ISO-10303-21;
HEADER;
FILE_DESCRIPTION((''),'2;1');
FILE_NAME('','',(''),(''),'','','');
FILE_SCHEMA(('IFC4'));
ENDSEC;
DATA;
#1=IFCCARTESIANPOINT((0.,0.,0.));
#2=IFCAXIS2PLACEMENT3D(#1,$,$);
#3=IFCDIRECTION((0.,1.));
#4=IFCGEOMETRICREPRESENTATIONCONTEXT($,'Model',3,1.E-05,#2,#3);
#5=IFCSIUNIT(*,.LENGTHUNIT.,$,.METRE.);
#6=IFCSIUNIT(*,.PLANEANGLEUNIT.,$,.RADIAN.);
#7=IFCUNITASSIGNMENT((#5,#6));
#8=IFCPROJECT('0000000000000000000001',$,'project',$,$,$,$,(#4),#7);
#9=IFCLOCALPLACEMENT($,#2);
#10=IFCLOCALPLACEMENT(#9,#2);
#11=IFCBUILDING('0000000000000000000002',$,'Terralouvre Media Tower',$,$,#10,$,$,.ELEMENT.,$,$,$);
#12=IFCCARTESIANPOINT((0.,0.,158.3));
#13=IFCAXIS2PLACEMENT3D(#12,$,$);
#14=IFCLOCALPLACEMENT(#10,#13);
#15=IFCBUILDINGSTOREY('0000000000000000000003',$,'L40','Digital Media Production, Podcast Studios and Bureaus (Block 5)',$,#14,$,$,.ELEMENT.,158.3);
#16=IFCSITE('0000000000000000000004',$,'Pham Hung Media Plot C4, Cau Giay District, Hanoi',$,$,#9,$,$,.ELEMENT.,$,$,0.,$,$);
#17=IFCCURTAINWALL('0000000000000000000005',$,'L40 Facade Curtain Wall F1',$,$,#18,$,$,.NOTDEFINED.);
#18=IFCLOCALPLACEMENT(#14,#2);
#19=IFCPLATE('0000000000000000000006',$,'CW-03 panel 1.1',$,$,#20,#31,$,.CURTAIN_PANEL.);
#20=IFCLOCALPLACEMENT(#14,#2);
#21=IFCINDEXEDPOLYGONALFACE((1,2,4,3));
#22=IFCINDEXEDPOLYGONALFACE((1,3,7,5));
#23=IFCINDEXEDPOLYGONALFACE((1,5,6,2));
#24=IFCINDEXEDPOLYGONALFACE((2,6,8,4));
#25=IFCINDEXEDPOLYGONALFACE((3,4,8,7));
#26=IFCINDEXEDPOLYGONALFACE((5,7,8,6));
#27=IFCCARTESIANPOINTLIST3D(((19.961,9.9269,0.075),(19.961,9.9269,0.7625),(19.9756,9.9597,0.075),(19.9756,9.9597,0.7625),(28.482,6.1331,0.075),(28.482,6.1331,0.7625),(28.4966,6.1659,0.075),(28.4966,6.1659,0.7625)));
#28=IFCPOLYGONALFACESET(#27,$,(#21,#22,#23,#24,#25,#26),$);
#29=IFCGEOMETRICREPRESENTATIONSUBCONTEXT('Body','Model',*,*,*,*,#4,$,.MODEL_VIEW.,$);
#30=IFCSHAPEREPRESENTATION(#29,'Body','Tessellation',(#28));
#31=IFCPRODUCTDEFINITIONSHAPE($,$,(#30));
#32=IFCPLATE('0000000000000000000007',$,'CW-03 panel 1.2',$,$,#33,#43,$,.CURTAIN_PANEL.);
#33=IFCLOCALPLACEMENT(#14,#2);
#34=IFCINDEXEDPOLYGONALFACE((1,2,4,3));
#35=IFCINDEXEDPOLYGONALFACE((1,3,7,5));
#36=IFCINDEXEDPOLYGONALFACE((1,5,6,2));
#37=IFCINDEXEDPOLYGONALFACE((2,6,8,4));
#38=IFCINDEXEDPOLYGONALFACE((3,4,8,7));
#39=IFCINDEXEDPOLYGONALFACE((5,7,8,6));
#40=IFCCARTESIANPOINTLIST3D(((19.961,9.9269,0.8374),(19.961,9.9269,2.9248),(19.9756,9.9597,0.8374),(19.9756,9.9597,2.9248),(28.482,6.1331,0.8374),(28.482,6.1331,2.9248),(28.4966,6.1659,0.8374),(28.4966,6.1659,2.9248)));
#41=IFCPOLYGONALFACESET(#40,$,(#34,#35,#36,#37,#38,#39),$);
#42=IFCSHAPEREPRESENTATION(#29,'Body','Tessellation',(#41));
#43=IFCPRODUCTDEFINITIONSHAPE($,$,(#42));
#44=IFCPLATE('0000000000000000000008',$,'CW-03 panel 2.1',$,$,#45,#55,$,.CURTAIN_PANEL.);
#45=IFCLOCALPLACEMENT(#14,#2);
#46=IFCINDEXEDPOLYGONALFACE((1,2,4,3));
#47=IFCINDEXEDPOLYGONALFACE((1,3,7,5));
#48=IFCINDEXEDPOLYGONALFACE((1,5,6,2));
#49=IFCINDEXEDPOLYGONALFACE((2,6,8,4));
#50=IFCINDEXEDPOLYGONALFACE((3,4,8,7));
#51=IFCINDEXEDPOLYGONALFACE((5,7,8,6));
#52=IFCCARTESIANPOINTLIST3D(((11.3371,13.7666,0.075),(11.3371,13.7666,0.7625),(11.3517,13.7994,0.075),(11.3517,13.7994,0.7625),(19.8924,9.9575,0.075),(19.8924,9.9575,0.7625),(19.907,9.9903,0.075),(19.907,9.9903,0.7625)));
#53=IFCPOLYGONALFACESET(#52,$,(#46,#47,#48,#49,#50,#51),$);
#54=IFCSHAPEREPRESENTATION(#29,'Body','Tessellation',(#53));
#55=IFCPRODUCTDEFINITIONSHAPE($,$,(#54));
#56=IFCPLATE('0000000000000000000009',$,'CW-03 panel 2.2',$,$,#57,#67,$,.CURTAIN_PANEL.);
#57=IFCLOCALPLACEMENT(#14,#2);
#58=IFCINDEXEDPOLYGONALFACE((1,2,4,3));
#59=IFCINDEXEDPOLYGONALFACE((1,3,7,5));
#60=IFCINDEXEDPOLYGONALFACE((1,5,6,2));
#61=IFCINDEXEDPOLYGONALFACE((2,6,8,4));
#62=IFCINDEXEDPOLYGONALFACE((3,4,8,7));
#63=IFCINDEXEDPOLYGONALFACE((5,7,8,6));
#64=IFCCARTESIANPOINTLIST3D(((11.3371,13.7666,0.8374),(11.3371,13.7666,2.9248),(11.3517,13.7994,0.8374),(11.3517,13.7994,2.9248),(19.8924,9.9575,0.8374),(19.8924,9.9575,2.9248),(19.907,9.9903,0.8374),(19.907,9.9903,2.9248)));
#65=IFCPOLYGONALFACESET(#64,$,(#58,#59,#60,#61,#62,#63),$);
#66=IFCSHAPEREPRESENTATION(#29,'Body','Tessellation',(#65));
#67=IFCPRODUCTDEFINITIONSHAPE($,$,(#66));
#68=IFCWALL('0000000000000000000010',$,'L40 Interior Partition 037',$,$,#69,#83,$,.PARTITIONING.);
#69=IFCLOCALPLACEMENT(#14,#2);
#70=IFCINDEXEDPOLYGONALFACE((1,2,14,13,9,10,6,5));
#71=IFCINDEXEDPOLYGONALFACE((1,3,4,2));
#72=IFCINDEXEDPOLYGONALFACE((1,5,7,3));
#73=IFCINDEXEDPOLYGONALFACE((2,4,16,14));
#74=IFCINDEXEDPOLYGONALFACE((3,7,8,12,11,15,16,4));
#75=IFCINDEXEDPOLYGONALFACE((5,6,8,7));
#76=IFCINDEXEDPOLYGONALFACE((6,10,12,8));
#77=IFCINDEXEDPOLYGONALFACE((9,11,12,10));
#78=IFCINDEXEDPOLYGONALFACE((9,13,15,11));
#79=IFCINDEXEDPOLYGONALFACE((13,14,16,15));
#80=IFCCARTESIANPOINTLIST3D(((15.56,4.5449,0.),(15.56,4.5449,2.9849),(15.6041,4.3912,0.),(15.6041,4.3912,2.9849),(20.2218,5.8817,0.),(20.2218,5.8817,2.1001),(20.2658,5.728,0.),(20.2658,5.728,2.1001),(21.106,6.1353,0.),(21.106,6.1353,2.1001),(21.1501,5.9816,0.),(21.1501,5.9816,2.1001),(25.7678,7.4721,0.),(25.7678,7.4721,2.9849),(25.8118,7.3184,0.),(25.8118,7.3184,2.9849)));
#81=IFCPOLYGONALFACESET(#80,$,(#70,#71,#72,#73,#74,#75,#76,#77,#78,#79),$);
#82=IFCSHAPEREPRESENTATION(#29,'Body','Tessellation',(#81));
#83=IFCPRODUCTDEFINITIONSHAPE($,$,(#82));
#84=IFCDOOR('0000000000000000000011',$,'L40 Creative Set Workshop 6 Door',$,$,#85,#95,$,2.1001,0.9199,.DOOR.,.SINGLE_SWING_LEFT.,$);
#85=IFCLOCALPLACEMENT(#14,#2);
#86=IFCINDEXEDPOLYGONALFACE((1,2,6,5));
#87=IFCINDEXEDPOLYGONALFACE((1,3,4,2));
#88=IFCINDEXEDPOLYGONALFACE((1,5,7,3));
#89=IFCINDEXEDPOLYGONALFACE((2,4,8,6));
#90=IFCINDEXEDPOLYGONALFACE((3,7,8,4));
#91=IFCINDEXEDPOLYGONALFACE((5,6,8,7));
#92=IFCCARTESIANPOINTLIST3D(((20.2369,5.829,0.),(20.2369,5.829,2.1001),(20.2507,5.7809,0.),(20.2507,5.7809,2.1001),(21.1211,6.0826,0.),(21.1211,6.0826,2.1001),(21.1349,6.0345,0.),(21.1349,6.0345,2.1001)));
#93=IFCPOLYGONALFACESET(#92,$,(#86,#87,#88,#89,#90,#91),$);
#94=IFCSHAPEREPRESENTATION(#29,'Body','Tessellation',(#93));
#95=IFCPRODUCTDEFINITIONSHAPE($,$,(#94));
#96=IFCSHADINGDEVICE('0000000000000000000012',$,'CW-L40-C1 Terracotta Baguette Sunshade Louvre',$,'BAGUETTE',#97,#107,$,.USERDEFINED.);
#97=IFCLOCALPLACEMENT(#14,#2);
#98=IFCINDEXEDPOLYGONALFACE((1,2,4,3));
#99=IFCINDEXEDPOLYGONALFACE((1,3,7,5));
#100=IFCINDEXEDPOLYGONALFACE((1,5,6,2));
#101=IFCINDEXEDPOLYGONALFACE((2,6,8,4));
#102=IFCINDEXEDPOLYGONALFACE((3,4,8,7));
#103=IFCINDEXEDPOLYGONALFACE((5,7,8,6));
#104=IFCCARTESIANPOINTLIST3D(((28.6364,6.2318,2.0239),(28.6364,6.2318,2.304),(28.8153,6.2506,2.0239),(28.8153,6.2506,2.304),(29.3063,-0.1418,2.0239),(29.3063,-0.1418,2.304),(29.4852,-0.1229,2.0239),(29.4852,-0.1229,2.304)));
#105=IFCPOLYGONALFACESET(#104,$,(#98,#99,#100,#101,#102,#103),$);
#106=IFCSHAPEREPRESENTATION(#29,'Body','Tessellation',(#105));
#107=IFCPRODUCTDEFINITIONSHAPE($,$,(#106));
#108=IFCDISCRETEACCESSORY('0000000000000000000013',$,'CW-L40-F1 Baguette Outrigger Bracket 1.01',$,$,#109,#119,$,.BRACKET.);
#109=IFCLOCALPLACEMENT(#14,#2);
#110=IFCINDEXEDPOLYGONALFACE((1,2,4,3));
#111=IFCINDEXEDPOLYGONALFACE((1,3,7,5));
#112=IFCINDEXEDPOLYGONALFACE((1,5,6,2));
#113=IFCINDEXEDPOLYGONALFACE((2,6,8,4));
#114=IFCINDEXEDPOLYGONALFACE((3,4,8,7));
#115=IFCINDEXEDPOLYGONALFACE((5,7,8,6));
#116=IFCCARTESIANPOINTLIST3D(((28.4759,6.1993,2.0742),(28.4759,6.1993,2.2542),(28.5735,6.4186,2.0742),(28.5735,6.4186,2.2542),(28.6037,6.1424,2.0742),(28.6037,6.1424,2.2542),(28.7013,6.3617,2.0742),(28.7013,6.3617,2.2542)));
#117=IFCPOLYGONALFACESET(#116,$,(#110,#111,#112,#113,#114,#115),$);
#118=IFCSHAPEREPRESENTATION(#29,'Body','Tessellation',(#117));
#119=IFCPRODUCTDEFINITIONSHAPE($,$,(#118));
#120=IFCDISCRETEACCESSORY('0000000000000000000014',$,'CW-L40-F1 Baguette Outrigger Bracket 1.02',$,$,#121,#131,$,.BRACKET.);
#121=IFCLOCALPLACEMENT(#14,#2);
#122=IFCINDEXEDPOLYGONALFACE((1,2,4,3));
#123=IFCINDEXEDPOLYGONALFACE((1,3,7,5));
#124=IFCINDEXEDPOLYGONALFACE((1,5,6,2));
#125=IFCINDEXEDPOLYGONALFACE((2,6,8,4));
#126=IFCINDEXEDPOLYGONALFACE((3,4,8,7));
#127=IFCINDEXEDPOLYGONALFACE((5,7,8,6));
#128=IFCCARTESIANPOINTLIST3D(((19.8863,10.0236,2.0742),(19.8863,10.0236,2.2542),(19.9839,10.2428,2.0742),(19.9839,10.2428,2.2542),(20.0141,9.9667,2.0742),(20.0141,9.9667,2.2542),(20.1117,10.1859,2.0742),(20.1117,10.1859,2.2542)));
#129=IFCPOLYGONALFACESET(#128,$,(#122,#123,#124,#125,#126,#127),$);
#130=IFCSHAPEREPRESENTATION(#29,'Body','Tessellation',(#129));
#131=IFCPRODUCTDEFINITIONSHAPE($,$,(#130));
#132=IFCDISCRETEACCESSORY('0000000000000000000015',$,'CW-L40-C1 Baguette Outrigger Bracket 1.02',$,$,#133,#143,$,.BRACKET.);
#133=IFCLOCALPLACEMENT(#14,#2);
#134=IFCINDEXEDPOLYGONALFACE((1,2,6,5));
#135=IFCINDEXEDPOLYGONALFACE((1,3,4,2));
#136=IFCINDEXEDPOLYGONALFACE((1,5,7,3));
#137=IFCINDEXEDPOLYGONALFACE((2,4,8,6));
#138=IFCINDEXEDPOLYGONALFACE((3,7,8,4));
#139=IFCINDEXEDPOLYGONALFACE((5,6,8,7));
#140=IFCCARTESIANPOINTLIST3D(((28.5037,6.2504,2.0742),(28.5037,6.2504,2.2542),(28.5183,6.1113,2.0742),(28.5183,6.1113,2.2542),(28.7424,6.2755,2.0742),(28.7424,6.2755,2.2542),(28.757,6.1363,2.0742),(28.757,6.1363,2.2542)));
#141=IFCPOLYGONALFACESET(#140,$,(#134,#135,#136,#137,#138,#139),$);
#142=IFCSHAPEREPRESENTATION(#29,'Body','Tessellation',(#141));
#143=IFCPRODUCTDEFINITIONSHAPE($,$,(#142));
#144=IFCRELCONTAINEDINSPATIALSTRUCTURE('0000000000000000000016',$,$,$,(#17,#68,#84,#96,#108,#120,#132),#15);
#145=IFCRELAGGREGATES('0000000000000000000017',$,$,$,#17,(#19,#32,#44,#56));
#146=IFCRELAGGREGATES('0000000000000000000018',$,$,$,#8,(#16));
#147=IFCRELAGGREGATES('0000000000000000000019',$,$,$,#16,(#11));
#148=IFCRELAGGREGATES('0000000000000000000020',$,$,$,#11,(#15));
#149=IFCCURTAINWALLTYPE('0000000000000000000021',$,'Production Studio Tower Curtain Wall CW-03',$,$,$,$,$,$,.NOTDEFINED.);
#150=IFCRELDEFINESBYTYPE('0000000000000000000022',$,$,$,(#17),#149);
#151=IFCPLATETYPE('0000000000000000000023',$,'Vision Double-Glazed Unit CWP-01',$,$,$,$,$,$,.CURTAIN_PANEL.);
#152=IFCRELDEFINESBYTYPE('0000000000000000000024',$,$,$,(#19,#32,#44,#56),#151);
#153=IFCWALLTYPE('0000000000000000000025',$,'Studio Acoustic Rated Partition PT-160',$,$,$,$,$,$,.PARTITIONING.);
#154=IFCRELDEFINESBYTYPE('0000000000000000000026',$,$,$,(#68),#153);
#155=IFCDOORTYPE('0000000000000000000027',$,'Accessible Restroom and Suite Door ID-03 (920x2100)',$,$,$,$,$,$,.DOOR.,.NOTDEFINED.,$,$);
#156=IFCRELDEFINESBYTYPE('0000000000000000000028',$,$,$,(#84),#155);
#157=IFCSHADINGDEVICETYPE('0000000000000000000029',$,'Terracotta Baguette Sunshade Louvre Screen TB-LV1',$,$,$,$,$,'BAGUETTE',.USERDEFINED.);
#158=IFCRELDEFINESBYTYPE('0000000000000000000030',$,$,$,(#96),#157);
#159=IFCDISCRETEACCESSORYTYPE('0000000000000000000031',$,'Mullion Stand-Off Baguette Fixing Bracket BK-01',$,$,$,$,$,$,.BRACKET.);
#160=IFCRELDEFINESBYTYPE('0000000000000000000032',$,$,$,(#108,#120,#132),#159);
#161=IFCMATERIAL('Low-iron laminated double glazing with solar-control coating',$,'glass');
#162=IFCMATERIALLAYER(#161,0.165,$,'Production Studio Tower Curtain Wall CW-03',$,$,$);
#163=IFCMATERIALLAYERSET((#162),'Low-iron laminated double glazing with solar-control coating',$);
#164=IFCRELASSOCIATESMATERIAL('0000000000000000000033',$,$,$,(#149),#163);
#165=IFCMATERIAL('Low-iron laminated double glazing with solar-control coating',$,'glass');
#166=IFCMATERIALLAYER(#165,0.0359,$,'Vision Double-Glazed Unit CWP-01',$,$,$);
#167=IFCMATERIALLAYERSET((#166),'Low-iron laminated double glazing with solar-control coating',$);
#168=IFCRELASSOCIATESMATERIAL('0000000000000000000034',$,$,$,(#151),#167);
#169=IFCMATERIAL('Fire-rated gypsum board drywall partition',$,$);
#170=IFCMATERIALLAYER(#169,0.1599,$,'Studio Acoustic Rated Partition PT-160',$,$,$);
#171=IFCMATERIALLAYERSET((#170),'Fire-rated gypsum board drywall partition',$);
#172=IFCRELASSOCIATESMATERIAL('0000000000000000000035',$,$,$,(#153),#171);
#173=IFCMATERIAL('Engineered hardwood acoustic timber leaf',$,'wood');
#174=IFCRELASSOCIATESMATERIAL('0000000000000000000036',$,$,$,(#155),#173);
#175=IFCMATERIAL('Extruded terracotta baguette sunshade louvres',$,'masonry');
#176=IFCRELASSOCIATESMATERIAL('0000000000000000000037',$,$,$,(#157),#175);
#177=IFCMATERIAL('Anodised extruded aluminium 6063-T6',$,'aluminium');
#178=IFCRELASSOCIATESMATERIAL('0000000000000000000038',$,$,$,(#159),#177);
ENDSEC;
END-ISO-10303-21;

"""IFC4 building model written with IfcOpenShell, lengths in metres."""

from ifc_helpers import new_model, si_unit, direction, frame, frame_2d, origin, origin_2d, place, context, subcontext, project, spatial, rectangle, extrude, material, layer, layer_set, type_object, element, fill, aggregate, save


model = new_model("IFC4")

# Units and contexts
model_context = context("Model", 3, precision=1e-05, world=origin(), true_north=direction((0.0, 1.0)))
body_context = subcontext(model_context, "Body", "Model", "MODEL_VIEW")
ifc_project = project(units=[si_unit("LENGTHUNIT", "METRE"), si_unit("PLANEANGLEUNIT", "RADIAN")], contexts=[model_context])

# Site, building, storey
site_placement = place(None, origin())
site = spatial("IfcSite", under=ifc_project, at=site_placement, Name="Pham Hung Media Plot C4, Cau Giay District, Hanoi", CompositionType="ELEMENT", RefElevation=0.0)
building_placement = place(site_placement, origin())
building = spatial("IfcBuilding", under=site, at=building_placement, Name="Terralouvre Media Tower", CompositionType="ELEMENT")
storey_placement = place(building_placement, frame((0.0, 0.0, 158.3)))
storey = spatial("IfcBuildingStorey", under=building, at=storey_placement, Name="L40", Description="Digital Media Production, Podcast Studios and Bureaus (Block 5)", CompositionType="ELEMENT", Elevation=158.3)

# Curtain wall
ifc_material_1 = material(Name="Low-iron laminated double glazing with solar-control coating", Category="glass")
ifc_layer_1 = layer(ifc_material_1, 0.165, Name="Production Studio Tower Curtain Wall CW-03")
ifc_layer_set_1 = layer_set([ifc_layer_1], Name="Low-iron laminated double glazing with solar-control coating")
curtain_wall_type_1 = type_object("IfcCurtainWallType", Name="Production Studio Tower Curtain Wall CW-03", PredefinedType="NOTDEFINED", material=ifc_layer_set_1)
curtain_wall_1_placement = place(storey_placement, origin())
curtain_wall_1 = element("IfcCurtainWall", 1, at=curtain_wall_1_placement, inside=storey, type_object=curtain_wall_type_1, Name="L40 Facade Curtain Wall F1", PredefinedType="NOTDEFINED")

# Plates
ifc_material_2 = material(Name="Low-iron laminated double glazing with solar-control coating", Category="glass")
ifc_layer_2 = layer(ifc_material_2, 0.0359, Name="Vision Double-Glazed Unit CWP-01")
ifc_layer_set_2 = layer_set([ifc_layer_2], Name="Low-iron laminated double glazing with solar-control coating")
plate_type_1 = type_object("IfcPlateType", Name="Vision Double-Glazed Unit CWP-01", PredefinedType="CURTAIN_PANEL", material=ifc_layer_set_2)
plate_1_placement = place(storey_placement, frame((24.2288, 8.0464, 0.075), z_axis=(0.0, 0.0, 1.0), x_axis=(-0.913545, 0.406737, 0.0)))
plate_1 = element("IfcPlate", 2, at=plate_1_placement, type_object=plate_type_1, Name="CW-03 panel 1.1", PredefinedType="CURTAIN_PANEL", context=body_context, shape_type="SweptSolid", body=[
    extrude(rectangle(XDim=9.3274, YDim=0.0359, at=origin_2d()), origin(), (0.0, 0.0, 1.0), 0.6875),
])
plate_2_placement = place(storey_placement, frame((24.2288, 8.0464, 0.8374), z_axis=(0.0, 0.0, 1.0), x_axis=(-0.913545, 0.406737, 0.0)))
plate_2 = element("IfcPlate", 3, at=plate_2_placement, type_object=plate_type_1, Name="CW-03 panel 1.2", PredefinedType="CURTAIN_PANEL", context=body_context, shape_type="SweptSolid", body=[
    extrude(rectangle(XDim=9.3274, YDim=0.0359, at=origin_2d()), origin(), (0.0, 0.0, 1.0), 2.0874),
])
plate_3_placement = place(storey_placement, frame((15.6221, 11.8784, 0.075), z_axis=(0.0, 0.0, 1.0), x_axis=(-0.913545, 0.406737, 0.0)))
plate_3 = element("IfcPlate", 4, at=plate_3_placement, type_object=plate_type_1, Name="CW-03 panel 2.1", PredefinedType="CURTAIN_PANEL", context=body_context, shape_type="SweptSolid", body=[
    extrude(rectangle(XDim=9.365, YDim=0.0359, at=origin_2d()), origin(), (0.0, 0.0, 1.0), 0.6875),
])
plate_4_placement = place(storey_placement, frame((15.6221, 11.8784, 0.8374), z_axis=(0.0, 0.0, 1.0), x_axis=(-0.913545, 0.406737, 0.0)))
plate_4 = element("IfcPlate", 5, at=plate_4_placement, type_object=plate_type_1, Name="CW-03 panel 2.2", PredefinedType="CURTAIN_PANEL", context=body_context, shape_type="SweptSolid", body=[
    extrude(rectangle(XDim=9.365, YDim=0.0359, at=origin_2d()), origin(), (0.0, 0.0, 1.0), 2.0874),
])
aggregate(curtain_wall_1, [plate_1, plate_2, plate_3, plate_4])

# Wall, opening, door
ifc_material_3 = material(Name="Fire-rated gypsum board drywall partition")
ifc_layer_3 = layer(ifc_material_3, 0.1599, Name="Studio Acoustic Rated Partition PT-160")
ifc_layer_set_3 = layer_set([ifc_layer_3], Name="Fire-rated gypsum board drywall partition")
wall_type = type_object("IfcWallType", Name="Studio Acoustic Rated Partition PT-160", PredefinedType="PARTITIONING", material=ifc_layer_set_3)
wall_placement = place(storey_placement, frame((25.7898, 7.3953, 0.0), z_axis=(0.0, 0.0, 1.0), x_axis=(-0.961256, -0.275656, 0.0)))
wall = element("IfcWall", 6, at=wall_placement, inside=storey, type_object=wall_type, Name="L40 Interior Partition 037", PredefinedType="PARTITIONING", context=body_context, shape_type="SweptSolid", body=[
    extrude(rectangle(XDim=10.6191, YDim=0.1599, at=frame_2d((5.3096, 0.0))), origin(), (0.0, 0.0, 1.0), 2.9849),
])
opening_placement = place(wall_placement, frame((4.8496, 0.0, 0.0)))
opening = element("IfcOpeningElement", 7, at=opening_placement, cuts=wall, PredefinedType="OPENING", context=body_context, shape_type="SweptSolid", body=[
    extrude(rectangle(XDim=0.9199, YDim=2.1001, at=frame_2d((0.46, 1.05))), frame((0.0, 0.0898, 0.0), z_axis=(0.0, -1.0, 0.0), x_axis=(1.0, 0.0, 0.0)), (0.0, 0.0, 1.0), 0.1799),
])
ifc_material_4 = material(Name="Engineered hardwood acoustic timber leaf", Category="wood")
door_type = type_object("IfcDoorType", Name="Accessible Restroom and Suite Door ID-03 (920x2100)", OperationType="NOTDEFINED", PredefinedType="DOOR", material=ifc_material_4)
door_placement = place(opening_placement, origin())
door = element("IfcDoor", 8, at=door_placement, inside=storey, type_object=door_type, Name="L40 Creative Set Workshop 6 Door", OperationType="SINGLE_SWING_LEFT", OverallHeight=2.1001, OverallWidth=0.9199, PredefinedType="DOOR", context=body_context, shape_type="SweptSolid", body=[
    extrude(rectangle(XDim=0.9199, YDim=2.1001, at=frame_2d((0.46, 1.05))), frame((0.0, 0.0249, 0.0), z_axis=(0.0, -1.0, 0.0), x_axis=(1.0, 0.0, 0.0)), (0.0, 0.0, 1.0), 0.05),
])
fill(opening, door)

# Shading device
ifc_material_5 = material(Name="Extruded terracotta baguette sunshade louvres", Category="masonry")
shading_device_type = type_object("IfcShadingDeviceType", Name="Terracotta Baguette Sunshade Louvre Screen TB-LV1", ElementType="BAGUETTE", PredefinedType="USERDEFINED", material=ifc_material_5)
shading_device_placement = place(storey_placement, frame((29.0608, 3.0544, 2.0239), z_axis=(0.0, 0.0, 1.0), x_axis=(-0.104529, 0.994522, 0.0)))
element("IfcShadingDevice", 9, at=shading_device_placement, inside=storey, type_object=shading_device_type, Name="CW-L40-C1 Terracotta Baguette Sunshade Louvre", ObjectType="BAGUETTE", PredefinedType="USERDEFINED", context=body_context, shape_type="SweptSolid", body=[
    extrude(rectangle(XDim=6.4087, YDim=0.1799, at=origin_2d()), origin(), (0.0, 0.0, 1.0), 0.28),
])

# Discrete accessories
ifc_material_6 = material(Name="Anodised extruded aluminium 6063-T6", Category="aluminium")
discrete_accessory_type = type_object("IfcDiscreteAccessoryType", Name="Mullion Stand-Off Baguette Fixing Bracket BK-01", PredefinedType="BRACKET", material=ifc_material_6)
for number, where, z_axis, x_axis, name in (
    (10, (28.5886, 6.2805, 2.0742), (0.0, 0.0, 1.0), (-0.913545, 0.406737, 0.0), "CW-L40-F1 Baguette Outrigger Bracket 1.01"),
    (11, (19.999, 10.1047, 2.0742), (0.0, 0.0, 1.0), (-0.913545, 0.406737, 0.0), "CW-L40-F1 Baguette Outrigger Bracket 1.02"),
    (12, (28.6304, 6.1934, 2.0742), (0.0, 0.0, 1.0), (-0.104529, 0.994522, 0.0), "CW-L40-C1 Baguette Outrigger Bracket 1.02"),
):
    element("IfcDiscreteAccessory", number, at=place(storey_placement, frame(where, z_axis=z_axis, x_axis=x_axis)), inside=storey, type_object=discrete_accessory_type, Name=name, PredefinedType="BRACKET", context=body_context, shape_type="SweptSolid", body=[
        extrude(rectangle(XDim=0.1399, YDim=0.24, at=origin_2d()), origin(), (0.0, 0.0, 1.0), 0.1799),
    ])

save(model, "model.ifc")
